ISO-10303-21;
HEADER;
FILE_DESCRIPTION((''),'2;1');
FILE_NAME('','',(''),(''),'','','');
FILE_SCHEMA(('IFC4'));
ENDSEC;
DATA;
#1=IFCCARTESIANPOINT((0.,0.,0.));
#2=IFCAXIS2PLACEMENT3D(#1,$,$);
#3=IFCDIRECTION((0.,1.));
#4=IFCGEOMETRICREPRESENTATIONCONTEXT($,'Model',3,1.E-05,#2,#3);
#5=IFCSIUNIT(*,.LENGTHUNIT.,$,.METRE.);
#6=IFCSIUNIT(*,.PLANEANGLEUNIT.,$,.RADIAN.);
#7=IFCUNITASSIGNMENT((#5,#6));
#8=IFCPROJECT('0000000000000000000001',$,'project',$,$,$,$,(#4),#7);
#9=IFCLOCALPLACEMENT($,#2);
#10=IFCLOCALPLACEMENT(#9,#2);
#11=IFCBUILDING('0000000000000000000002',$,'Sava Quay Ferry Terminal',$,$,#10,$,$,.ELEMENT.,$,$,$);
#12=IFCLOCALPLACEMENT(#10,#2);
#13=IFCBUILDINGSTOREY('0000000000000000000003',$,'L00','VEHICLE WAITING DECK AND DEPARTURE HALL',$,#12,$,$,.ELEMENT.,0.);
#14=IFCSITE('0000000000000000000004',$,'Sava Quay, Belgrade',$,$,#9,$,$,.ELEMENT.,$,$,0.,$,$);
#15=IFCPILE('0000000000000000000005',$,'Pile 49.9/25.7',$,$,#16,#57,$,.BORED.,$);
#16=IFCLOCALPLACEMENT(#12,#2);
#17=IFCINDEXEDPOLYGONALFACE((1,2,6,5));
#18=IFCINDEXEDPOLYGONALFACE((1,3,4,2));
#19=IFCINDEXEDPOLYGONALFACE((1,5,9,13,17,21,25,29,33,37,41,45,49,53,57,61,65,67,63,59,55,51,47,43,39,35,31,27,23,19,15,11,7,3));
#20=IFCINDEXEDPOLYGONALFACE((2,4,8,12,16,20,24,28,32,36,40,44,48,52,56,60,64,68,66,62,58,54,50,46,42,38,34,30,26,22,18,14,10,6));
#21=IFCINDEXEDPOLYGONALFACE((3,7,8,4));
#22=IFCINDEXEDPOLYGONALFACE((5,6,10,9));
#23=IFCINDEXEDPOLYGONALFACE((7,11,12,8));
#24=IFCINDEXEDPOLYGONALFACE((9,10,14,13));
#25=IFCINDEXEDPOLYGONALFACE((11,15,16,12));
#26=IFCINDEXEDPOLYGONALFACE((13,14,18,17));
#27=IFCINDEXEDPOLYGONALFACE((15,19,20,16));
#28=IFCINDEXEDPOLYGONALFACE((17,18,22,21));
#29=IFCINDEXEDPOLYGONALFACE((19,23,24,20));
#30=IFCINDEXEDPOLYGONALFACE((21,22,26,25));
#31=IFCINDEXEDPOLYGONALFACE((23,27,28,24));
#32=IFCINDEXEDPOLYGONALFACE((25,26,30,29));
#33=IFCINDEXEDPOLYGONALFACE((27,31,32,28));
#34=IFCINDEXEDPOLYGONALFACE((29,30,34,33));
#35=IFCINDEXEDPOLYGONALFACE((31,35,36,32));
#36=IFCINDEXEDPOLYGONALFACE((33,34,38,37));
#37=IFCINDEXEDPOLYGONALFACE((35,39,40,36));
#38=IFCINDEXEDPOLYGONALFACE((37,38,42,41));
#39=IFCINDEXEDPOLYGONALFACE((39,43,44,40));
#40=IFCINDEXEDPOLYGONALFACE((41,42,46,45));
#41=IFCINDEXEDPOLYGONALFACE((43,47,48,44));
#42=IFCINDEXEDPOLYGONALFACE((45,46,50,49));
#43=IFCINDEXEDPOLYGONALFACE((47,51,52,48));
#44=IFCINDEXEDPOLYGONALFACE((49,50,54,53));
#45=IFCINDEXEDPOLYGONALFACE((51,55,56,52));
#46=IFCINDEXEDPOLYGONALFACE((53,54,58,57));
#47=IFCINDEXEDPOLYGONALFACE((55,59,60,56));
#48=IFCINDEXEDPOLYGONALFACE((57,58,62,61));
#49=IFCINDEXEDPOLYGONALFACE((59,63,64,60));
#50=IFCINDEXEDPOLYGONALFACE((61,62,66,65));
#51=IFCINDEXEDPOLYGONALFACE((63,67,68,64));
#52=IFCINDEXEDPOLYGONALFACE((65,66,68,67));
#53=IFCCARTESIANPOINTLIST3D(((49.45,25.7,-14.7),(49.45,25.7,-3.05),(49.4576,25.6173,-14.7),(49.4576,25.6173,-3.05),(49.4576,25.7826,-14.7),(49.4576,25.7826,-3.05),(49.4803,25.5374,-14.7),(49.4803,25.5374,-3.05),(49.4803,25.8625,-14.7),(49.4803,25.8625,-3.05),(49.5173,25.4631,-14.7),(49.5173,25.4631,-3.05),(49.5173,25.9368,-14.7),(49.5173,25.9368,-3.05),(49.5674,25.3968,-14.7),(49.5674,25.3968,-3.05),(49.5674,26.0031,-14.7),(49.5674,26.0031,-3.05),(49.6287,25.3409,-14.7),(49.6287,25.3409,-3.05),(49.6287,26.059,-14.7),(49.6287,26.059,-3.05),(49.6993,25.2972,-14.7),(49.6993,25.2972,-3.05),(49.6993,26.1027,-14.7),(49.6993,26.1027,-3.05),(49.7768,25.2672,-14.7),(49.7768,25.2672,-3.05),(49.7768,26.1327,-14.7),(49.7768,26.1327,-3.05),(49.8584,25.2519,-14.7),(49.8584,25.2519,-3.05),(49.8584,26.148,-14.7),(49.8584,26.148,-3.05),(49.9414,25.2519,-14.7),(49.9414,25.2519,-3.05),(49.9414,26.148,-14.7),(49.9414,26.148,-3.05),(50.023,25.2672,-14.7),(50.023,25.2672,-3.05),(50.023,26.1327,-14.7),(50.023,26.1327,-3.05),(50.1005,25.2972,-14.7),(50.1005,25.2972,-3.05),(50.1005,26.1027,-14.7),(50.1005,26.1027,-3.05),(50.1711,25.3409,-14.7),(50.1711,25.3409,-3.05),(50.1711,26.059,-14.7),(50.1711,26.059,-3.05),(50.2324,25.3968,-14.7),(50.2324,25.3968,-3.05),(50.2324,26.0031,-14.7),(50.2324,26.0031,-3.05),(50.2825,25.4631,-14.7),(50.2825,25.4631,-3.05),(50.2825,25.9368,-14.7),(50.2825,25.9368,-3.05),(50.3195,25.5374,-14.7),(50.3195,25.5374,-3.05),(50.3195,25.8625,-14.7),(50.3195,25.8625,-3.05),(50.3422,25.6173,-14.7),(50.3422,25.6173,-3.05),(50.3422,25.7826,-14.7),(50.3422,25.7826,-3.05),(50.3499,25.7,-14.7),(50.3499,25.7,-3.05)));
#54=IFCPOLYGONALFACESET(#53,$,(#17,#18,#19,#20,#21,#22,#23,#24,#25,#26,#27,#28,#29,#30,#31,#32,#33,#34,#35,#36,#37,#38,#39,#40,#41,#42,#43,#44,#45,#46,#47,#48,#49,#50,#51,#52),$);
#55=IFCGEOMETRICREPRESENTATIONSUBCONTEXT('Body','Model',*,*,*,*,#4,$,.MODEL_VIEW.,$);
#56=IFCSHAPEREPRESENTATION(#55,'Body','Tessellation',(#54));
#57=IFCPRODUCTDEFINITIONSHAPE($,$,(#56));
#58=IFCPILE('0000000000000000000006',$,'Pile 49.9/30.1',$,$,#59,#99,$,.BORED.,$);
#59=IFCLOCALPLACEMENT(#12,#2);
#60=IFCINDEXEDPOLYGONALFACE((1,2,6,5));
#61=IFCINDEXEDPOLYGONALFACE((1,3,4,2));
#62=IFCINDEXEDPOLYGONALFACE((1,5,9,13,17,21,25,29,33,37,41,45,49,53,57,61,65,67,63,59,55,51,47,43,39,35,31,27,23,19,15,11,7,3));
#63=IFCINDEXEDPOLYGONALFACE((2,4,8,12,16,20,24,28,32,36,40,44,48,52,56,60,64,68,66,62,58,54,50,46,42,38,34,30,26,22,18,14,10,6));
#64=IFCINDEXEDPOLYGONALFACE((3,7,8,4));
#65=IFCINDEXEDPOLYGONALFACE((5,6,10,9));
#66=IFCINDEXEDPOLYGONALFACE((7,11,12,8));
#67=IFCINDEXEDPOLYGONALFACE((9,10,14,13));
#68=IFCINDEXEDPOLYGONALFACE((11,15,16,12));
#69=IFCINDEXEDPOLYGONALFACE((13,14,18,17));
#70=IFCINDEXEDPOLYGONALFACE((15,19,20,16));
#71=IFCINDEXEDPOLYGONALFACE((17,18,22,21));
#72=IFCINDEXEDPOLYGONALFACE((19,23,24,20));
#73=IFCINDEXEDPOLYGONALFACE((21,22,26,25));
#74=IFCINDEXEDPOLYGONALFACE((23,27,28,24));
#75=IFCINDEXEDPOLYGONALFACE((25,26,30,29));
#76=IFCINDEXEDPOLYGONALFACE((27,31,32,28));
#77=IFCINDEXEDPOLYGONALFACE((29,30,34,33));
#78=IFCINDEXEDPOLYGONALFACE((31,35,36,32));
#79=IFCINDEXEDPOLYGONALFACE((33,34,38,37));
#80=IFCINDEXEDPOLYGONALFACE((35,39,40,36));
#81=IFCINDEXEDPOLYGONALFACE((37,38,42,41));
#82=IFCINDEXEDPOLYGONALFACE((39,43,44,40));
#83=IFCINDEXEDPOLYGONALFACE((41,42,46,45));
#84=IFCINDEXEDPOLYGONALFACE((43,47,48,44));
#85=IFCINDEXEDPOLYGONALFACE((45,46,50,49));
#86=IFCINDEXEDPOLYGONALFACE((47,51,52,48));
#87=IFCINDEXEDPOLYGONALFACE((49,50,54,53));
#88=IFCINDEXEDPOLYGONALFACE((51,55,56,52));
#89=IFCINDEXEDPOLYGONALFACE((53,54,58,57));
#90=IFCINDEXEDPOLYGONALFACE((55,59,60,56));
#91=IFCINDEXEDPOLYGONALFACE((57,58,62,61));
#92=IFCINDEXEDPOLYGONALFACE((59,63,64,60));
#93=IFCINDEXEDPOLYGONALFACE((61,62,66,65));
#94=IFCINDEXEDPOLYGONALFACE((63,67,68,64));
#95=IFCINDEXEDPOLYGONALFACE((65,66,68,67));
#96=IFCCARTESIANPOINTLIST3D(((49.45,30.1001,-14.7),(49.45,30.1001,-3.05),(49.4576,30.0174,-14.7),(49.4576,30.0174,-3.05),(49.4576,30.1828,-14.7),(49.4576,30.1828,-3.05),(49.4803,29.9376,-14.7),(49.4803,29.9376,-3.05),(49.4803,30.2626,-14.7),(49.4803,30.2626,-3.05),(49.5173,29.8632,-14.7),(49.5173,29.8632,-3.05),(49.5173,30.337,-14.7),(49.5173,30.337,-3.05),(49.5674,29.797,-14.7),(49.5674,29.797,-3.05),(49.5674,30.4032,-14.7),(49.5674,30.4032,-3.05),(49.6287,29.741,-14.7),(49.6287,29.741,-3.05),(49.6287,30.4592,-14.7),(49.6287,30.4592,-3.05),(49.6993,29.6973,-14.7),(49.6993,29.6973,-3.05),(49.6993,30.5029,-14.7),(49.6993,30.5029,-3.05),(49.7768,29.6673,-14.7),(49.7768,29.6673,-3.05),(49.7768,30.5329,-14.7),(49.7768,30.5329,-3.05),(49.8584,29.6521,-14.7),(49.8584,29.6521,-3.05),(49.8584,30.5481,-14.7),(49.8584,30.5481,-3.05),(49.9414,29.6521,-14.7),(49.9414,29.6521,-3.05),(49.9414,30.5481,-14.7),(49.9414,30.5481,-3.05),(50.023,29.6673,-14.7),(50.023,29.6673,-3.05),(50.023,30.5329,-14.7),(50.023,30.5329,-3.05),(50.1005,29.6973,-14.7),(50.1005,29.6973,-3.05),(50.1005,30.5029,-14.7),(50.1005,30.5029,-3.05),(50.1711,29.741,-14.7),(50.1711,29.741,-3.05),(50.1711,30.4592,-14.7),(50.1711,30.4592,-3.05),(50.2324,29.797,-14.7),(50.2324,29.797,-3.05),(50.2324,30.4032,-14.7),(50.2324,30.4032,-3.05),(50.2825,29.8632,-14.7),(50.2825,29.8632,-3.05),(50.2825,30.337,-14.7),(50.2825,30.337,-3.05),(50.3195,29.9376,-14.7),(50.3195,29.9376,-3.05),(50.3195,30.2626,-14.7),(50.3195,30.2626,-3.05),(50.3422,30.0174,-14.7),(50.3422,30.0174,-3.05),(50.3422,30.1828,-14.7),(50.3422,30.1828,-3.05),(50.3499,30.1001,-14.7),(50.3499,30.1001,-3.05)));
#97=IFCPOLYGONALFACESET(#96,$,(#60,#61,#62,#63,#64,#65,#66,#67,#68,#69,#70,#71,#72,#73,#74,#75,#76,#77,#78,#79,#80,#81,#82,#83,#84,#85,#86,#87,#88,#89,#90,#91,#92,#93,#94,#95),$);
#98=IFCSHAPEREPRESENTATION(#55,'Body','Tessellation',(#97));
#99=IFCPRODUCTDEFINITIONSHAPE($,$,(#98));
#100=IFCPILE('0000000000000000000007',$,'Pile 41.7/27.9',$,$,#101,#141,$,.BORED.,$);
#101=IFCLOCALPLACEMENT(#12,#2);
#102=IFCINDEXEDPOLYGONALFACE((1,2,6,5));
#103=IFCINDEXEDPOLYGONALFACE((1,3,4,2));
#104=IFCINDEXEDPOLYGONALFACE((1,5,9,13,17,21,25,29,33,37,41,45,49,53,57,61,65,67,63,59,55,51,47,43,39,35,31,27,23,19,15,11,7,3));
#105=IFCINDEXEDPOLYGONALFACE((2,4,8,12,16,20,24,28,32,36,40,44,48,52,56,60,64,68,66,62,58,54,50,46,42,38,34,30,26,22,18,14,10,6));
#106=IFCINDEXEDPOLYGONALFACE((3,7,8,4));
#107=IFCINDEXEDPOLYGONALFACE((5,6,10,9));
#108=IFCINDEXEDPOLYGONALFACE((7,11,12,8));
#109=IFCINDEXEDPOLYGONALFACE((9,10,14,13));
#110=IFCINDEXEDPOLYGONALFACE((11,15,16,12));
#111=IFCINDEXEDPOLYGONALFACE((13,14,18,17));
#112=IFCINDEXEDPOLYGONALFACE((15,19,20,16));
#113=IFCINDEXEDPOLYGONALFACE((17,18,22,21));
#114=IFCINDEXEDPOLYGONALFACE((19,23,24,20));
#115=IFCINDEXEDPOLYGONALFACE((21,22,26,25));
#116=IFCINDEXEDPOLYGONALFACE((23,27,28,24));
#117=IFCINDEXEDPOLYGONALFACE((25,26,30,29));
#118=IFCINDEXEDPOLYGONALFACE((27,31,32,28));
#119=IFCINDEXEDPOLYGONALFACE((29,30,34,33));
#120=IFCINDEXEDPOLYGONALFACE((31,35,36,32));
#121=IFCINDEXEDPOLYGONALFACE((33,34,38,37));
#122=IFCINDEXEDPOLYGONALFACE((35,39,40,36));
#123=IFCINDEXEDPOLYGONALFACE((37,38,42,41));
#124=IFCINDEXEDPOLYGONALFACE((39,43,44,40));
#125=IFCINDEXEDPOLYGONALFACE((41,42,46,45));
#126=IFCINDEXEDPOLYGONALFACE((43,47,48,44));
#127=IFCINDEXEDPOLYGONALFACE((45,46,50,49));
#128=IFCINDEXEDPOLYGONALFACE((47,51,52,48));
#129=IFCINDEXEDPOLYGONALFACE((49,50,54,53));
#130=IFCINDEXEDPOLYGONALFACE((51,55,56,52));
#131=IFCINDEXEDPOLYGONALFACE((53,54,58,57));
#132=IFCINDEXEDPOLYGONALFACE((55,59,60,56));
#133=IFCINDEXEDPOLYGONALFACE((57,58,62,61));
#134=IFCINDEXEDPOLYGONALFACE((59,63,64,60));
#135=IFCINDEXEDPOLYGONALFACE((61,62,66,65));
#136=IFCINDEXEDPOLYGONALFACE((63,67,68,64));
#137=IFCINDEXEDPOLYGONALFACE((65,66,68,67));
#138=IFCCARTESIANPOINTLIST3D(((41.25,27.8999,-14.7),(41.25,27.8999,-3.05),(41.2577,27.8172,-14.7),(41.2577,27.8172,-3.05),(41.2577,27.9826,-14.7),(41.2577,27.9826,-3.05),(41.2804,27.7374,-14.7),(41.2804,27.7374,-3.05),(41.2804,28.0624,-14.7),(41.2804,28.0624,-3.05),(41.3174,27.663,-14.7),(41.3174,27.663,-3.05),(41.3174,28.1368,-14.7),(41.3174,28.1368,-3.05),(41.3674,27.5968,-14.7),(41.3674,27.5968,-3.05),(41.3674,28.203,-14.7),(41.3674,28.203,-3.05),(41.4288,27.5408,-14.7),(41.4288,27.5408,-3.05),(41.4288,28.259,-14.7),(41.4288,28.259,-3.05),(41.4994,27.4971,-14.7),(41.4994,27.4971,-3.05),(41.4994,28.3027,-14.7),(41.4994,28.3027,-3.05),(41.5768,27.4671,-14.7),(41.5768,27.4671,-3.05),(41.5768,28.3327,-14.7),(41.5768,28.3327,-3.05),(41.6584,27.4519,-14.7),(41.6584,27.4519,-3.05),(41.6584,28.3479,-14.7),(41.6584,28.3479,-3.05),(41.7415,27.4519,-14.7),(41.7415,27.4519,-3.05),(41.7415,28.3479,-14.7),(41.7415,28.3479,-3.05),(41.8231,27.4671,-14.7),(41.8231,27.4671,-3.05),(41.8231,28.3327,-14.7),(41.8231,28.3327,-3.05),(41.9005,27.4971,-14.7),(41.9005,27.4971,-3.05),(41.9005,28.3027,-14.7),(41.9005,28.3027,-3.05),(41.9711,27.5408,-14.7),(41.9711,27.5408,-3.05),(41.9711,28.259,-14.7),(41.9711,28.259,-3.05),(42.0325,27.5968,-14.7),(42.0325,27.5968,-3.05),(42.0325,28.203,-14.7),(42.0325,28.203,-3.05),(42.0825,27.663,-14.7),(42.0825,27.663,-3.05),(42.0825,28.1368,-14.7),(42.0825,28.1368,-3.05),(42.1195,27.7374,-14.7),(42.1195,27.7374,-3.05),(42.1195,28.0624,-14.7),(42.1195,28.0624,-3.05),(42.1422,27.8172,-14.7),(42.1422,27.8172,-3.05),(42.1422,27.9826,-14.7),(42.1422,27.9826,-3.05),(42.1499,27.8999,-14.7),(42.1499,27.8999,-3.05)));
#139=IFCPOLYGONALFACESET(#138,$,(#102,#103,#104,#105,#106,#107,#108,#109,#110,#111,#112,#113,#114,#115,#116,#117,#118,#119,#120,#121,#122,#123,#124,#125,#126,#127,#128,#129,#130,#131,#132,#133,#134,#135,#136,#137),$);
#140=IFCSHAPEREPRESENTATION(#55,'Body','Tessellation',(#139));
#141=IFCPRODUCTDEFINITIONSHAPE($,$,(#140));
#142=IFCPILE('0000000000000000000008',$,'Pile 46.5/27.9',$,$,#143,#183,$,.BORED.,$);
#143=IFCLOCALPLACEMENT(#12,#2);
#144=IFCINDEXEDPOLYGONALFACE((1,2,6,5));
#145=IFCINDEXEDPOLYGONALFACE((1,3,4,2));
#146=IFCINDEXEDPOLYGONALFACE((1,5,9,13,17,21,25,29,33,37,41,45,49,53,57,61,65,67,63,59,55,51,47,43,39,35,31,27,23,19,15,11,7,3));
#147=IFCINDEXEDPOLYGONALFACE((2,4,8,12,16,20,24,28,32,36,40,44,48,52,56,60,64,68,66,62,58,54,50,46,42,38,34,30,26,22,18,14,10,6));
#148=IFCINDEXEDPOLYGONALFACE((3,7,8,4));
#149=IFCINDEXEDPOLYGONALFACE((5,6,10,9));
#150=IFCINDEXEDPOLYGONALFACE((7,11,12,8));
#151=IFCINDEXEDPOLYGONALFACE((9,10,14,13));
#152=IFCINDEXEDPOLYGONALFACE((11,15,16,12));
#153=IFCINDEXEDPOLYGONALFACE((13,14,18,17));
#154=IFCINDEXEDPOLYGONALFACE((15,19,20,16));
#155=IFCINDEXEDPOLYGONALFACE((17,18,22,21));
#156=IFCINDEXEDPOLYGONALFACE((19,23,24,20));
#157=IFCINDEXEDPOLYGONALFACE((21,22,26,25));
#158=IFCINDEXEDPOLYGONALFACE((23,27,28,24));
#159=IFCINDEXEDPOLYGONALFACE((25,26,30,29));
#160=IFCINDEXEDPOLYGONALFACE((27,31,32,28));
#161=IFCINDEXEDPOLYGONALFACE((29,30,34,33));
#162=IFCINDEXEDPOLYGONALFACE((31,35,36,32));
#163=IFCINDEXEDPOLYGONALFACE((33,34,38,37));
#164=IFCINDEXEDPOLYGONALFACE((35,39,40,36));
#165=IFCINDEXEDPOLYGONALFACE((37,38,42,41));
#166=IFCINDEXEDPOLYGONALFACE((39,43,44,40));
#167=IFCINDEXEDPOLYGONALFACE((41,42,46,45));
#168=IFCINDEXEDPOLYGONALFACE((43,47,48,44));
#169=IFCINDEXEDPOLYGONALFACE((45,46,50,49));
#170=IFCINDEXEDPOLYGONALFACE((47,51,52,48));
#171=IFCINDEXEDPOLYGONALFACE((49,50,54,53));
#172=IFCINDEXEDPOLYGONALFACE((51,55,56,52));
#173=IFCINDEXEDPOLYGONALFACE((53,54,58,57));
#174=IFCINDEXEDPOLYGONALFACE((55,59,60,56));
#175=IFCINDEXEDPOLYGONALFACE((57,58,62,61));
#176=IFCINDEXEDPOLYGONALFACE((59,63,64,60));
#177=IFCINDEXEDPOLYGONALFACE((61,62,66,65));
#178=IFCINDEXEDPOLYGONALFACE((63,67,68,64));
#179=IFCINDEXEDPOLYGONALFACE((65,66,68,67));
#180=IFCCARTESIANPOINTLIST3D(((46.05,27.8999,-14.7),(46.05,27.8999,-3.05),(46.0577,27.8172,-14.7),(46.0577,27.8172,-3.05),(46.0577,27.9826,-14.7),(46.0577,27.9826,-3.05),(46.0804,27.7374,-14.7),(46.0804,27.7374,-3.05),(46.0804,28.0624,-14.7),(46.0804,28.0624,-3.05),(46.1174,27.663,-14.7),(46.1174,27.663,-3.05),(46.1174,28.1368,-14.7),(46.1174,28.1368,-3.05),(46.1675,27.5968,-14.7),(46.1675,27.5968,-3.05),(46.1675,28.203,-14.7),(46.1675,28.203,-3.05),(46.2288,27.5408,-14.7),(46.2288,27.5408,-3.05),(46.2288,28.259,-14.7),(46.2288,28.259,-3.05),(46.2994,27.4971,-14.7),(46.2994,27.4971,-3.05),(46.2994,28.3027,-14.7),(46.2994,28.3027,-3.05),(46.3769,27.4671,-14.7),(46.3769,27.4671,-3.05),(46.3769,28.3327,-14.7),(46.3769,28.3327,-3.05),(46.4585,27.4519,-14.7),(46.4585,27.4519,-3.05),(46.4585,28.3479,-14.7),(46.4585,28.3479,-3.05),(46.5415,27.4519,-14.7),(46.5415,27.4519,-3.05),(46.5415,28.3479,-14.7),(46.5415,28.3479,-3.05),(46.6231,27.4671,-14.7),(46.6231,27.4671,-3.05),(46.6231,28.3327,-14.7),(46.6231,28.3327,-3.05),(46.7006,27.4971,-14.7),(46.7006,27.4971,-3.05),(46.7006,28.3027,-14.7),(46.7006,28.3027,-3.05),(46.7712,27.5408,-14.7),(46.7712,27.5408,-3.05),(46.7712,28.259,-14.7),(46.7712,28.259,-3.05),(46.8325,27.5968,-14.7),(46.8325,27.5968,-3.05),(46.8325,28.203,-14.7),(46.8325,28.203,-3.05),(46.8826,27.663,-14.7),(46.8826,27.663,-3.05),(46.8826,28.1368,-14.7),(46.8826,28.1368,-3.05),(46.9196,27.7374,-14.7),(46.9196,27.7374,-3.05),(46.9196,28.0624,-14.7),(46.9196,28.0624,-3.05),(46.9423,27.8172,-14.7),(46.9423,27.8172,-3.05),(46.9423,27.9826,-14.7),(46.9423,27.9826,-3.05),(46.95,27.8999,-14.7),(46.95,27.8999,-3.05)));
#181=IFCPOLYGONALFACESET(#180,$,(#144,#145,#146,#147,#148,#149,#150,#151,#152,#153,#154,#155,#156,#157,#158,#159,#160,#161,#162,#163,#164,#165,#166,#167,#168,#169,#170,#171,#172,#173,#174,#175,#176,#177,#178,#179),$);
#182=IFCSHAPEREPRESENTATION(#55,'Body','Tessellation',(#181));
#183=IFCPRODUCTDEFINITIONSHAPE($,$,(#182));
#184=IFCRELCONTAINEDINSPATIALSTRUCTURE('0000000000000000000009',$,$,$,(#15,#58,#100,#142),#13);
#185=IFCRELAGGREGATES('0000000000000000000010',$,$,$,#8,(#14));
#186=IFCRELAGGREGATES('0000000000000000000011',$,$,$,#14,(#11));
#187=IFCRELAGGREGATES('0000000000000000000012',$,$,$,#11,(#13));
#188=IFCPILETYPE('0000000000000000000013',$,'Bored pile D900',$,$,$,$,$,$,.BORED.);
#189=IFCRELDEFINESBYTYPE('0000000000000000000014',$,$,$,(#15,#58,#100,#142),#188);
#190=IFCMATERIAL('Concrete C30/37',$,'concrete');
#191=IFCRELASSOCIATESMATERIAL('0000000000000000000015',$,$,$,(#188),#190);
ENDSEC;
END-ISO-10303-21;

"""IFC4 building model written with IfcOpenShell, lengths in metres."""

from ifc_helpers import new_model, si_unit, direction, frame, origin, origin_2d, place, context, subcontext, project, spatial, circle, extrude, material, material_profile, profile_set, type_object, element, save


model = new_model("IFC4")

# Units and contexts
model_context = context("Model", 3, precision=1e-05, world=origin(), true_north=direction((0.0, 1.0)))
body_context = subcontext(model_context, "Body", "Model", "MODEL_VIEW")
ifc_project = project(units=[si_unit("LENGTHUNIT", "METRE"), si_unit("PLANEANGLEUNIT", "RADIAN")], contexts=[model_context])

# Site, building, storey
site_placement = place(None, origin())
site = spatial("IfcSite", under=ifc_project, at=site_placement, Name="Sava Quay, Belgrade", CompositionType="ELEMENT", RefElevation=0.0)
building_placement = place(site_placement, origin())
building = spatial("IfcBuilding", under=site, at=building_placement, Name="Sava Quay Ferry Terminal", CompositionType="ELEMENT")
storey_placement = place(building_placement, origin())
storey = spatial("IfcBuildingStorey", under=building, at=storey_placement, Name="L00", Description="VEHICLE WAITING DECK AND DEPARTURE HALL", CompositionType="ELEMENT", Elevation=0.0)

# Piles
ifc_material_1 = material(Name="Concrete C30/37", Category="concrete")
ifc_material_profile_1 = material_profile(ifc_material_1, circle(Radius=0.45, at=origin_2d()), Name="Bored pile D900")
ifc_profile_set_1 = profile_set([ifc_material_profile_1], Name="Concrete C30/37")
pile_type = type_object("IfcPileType", Name="Bored pile D900", PredefinedType="BORED", material=ifc_profile_set_1)
for number, where, z_axis, x_axis, name in (
    (1, (49.8999, 25.7, -3.05), (0.0, 0.0, -1.0), (1.0, 0.0, 0.0), "Pile 49.9/25.7"),
    (2, (49.8999, 30.1001, -3.05), (0.0, 0.0, -1.0), (1.0, 0.0, 0.0), "Pile 49.9/30.1"),
    (3, (41.7, 27.8999, -3.05), (0.0, 0.0, -1.0), (1.0, 0.0, 0.0), "Pile 41.7/27.9"),
    (4, (46.5, 27.8999, -3.05), (0.0, 0.0, -1.0), (1.0, 0.0, 0.0), "Pile 46.5/27.9"),
):
    element("IfcPile", number, at=place(storey_placement, frame(where, z_axis=z_axis, x_axis=x_axis)), inside=storey, type_object=pile_type, Name=name, PredefinedType="BORED", context=body_context, shape_type="SweptSolid", body=[
        extrude(circle(Radius=0.45, at=origin_2d()), origin(), (0.0, 0.0, 1.0), 11.6499),
    ])

save(model, "model.ifc")
